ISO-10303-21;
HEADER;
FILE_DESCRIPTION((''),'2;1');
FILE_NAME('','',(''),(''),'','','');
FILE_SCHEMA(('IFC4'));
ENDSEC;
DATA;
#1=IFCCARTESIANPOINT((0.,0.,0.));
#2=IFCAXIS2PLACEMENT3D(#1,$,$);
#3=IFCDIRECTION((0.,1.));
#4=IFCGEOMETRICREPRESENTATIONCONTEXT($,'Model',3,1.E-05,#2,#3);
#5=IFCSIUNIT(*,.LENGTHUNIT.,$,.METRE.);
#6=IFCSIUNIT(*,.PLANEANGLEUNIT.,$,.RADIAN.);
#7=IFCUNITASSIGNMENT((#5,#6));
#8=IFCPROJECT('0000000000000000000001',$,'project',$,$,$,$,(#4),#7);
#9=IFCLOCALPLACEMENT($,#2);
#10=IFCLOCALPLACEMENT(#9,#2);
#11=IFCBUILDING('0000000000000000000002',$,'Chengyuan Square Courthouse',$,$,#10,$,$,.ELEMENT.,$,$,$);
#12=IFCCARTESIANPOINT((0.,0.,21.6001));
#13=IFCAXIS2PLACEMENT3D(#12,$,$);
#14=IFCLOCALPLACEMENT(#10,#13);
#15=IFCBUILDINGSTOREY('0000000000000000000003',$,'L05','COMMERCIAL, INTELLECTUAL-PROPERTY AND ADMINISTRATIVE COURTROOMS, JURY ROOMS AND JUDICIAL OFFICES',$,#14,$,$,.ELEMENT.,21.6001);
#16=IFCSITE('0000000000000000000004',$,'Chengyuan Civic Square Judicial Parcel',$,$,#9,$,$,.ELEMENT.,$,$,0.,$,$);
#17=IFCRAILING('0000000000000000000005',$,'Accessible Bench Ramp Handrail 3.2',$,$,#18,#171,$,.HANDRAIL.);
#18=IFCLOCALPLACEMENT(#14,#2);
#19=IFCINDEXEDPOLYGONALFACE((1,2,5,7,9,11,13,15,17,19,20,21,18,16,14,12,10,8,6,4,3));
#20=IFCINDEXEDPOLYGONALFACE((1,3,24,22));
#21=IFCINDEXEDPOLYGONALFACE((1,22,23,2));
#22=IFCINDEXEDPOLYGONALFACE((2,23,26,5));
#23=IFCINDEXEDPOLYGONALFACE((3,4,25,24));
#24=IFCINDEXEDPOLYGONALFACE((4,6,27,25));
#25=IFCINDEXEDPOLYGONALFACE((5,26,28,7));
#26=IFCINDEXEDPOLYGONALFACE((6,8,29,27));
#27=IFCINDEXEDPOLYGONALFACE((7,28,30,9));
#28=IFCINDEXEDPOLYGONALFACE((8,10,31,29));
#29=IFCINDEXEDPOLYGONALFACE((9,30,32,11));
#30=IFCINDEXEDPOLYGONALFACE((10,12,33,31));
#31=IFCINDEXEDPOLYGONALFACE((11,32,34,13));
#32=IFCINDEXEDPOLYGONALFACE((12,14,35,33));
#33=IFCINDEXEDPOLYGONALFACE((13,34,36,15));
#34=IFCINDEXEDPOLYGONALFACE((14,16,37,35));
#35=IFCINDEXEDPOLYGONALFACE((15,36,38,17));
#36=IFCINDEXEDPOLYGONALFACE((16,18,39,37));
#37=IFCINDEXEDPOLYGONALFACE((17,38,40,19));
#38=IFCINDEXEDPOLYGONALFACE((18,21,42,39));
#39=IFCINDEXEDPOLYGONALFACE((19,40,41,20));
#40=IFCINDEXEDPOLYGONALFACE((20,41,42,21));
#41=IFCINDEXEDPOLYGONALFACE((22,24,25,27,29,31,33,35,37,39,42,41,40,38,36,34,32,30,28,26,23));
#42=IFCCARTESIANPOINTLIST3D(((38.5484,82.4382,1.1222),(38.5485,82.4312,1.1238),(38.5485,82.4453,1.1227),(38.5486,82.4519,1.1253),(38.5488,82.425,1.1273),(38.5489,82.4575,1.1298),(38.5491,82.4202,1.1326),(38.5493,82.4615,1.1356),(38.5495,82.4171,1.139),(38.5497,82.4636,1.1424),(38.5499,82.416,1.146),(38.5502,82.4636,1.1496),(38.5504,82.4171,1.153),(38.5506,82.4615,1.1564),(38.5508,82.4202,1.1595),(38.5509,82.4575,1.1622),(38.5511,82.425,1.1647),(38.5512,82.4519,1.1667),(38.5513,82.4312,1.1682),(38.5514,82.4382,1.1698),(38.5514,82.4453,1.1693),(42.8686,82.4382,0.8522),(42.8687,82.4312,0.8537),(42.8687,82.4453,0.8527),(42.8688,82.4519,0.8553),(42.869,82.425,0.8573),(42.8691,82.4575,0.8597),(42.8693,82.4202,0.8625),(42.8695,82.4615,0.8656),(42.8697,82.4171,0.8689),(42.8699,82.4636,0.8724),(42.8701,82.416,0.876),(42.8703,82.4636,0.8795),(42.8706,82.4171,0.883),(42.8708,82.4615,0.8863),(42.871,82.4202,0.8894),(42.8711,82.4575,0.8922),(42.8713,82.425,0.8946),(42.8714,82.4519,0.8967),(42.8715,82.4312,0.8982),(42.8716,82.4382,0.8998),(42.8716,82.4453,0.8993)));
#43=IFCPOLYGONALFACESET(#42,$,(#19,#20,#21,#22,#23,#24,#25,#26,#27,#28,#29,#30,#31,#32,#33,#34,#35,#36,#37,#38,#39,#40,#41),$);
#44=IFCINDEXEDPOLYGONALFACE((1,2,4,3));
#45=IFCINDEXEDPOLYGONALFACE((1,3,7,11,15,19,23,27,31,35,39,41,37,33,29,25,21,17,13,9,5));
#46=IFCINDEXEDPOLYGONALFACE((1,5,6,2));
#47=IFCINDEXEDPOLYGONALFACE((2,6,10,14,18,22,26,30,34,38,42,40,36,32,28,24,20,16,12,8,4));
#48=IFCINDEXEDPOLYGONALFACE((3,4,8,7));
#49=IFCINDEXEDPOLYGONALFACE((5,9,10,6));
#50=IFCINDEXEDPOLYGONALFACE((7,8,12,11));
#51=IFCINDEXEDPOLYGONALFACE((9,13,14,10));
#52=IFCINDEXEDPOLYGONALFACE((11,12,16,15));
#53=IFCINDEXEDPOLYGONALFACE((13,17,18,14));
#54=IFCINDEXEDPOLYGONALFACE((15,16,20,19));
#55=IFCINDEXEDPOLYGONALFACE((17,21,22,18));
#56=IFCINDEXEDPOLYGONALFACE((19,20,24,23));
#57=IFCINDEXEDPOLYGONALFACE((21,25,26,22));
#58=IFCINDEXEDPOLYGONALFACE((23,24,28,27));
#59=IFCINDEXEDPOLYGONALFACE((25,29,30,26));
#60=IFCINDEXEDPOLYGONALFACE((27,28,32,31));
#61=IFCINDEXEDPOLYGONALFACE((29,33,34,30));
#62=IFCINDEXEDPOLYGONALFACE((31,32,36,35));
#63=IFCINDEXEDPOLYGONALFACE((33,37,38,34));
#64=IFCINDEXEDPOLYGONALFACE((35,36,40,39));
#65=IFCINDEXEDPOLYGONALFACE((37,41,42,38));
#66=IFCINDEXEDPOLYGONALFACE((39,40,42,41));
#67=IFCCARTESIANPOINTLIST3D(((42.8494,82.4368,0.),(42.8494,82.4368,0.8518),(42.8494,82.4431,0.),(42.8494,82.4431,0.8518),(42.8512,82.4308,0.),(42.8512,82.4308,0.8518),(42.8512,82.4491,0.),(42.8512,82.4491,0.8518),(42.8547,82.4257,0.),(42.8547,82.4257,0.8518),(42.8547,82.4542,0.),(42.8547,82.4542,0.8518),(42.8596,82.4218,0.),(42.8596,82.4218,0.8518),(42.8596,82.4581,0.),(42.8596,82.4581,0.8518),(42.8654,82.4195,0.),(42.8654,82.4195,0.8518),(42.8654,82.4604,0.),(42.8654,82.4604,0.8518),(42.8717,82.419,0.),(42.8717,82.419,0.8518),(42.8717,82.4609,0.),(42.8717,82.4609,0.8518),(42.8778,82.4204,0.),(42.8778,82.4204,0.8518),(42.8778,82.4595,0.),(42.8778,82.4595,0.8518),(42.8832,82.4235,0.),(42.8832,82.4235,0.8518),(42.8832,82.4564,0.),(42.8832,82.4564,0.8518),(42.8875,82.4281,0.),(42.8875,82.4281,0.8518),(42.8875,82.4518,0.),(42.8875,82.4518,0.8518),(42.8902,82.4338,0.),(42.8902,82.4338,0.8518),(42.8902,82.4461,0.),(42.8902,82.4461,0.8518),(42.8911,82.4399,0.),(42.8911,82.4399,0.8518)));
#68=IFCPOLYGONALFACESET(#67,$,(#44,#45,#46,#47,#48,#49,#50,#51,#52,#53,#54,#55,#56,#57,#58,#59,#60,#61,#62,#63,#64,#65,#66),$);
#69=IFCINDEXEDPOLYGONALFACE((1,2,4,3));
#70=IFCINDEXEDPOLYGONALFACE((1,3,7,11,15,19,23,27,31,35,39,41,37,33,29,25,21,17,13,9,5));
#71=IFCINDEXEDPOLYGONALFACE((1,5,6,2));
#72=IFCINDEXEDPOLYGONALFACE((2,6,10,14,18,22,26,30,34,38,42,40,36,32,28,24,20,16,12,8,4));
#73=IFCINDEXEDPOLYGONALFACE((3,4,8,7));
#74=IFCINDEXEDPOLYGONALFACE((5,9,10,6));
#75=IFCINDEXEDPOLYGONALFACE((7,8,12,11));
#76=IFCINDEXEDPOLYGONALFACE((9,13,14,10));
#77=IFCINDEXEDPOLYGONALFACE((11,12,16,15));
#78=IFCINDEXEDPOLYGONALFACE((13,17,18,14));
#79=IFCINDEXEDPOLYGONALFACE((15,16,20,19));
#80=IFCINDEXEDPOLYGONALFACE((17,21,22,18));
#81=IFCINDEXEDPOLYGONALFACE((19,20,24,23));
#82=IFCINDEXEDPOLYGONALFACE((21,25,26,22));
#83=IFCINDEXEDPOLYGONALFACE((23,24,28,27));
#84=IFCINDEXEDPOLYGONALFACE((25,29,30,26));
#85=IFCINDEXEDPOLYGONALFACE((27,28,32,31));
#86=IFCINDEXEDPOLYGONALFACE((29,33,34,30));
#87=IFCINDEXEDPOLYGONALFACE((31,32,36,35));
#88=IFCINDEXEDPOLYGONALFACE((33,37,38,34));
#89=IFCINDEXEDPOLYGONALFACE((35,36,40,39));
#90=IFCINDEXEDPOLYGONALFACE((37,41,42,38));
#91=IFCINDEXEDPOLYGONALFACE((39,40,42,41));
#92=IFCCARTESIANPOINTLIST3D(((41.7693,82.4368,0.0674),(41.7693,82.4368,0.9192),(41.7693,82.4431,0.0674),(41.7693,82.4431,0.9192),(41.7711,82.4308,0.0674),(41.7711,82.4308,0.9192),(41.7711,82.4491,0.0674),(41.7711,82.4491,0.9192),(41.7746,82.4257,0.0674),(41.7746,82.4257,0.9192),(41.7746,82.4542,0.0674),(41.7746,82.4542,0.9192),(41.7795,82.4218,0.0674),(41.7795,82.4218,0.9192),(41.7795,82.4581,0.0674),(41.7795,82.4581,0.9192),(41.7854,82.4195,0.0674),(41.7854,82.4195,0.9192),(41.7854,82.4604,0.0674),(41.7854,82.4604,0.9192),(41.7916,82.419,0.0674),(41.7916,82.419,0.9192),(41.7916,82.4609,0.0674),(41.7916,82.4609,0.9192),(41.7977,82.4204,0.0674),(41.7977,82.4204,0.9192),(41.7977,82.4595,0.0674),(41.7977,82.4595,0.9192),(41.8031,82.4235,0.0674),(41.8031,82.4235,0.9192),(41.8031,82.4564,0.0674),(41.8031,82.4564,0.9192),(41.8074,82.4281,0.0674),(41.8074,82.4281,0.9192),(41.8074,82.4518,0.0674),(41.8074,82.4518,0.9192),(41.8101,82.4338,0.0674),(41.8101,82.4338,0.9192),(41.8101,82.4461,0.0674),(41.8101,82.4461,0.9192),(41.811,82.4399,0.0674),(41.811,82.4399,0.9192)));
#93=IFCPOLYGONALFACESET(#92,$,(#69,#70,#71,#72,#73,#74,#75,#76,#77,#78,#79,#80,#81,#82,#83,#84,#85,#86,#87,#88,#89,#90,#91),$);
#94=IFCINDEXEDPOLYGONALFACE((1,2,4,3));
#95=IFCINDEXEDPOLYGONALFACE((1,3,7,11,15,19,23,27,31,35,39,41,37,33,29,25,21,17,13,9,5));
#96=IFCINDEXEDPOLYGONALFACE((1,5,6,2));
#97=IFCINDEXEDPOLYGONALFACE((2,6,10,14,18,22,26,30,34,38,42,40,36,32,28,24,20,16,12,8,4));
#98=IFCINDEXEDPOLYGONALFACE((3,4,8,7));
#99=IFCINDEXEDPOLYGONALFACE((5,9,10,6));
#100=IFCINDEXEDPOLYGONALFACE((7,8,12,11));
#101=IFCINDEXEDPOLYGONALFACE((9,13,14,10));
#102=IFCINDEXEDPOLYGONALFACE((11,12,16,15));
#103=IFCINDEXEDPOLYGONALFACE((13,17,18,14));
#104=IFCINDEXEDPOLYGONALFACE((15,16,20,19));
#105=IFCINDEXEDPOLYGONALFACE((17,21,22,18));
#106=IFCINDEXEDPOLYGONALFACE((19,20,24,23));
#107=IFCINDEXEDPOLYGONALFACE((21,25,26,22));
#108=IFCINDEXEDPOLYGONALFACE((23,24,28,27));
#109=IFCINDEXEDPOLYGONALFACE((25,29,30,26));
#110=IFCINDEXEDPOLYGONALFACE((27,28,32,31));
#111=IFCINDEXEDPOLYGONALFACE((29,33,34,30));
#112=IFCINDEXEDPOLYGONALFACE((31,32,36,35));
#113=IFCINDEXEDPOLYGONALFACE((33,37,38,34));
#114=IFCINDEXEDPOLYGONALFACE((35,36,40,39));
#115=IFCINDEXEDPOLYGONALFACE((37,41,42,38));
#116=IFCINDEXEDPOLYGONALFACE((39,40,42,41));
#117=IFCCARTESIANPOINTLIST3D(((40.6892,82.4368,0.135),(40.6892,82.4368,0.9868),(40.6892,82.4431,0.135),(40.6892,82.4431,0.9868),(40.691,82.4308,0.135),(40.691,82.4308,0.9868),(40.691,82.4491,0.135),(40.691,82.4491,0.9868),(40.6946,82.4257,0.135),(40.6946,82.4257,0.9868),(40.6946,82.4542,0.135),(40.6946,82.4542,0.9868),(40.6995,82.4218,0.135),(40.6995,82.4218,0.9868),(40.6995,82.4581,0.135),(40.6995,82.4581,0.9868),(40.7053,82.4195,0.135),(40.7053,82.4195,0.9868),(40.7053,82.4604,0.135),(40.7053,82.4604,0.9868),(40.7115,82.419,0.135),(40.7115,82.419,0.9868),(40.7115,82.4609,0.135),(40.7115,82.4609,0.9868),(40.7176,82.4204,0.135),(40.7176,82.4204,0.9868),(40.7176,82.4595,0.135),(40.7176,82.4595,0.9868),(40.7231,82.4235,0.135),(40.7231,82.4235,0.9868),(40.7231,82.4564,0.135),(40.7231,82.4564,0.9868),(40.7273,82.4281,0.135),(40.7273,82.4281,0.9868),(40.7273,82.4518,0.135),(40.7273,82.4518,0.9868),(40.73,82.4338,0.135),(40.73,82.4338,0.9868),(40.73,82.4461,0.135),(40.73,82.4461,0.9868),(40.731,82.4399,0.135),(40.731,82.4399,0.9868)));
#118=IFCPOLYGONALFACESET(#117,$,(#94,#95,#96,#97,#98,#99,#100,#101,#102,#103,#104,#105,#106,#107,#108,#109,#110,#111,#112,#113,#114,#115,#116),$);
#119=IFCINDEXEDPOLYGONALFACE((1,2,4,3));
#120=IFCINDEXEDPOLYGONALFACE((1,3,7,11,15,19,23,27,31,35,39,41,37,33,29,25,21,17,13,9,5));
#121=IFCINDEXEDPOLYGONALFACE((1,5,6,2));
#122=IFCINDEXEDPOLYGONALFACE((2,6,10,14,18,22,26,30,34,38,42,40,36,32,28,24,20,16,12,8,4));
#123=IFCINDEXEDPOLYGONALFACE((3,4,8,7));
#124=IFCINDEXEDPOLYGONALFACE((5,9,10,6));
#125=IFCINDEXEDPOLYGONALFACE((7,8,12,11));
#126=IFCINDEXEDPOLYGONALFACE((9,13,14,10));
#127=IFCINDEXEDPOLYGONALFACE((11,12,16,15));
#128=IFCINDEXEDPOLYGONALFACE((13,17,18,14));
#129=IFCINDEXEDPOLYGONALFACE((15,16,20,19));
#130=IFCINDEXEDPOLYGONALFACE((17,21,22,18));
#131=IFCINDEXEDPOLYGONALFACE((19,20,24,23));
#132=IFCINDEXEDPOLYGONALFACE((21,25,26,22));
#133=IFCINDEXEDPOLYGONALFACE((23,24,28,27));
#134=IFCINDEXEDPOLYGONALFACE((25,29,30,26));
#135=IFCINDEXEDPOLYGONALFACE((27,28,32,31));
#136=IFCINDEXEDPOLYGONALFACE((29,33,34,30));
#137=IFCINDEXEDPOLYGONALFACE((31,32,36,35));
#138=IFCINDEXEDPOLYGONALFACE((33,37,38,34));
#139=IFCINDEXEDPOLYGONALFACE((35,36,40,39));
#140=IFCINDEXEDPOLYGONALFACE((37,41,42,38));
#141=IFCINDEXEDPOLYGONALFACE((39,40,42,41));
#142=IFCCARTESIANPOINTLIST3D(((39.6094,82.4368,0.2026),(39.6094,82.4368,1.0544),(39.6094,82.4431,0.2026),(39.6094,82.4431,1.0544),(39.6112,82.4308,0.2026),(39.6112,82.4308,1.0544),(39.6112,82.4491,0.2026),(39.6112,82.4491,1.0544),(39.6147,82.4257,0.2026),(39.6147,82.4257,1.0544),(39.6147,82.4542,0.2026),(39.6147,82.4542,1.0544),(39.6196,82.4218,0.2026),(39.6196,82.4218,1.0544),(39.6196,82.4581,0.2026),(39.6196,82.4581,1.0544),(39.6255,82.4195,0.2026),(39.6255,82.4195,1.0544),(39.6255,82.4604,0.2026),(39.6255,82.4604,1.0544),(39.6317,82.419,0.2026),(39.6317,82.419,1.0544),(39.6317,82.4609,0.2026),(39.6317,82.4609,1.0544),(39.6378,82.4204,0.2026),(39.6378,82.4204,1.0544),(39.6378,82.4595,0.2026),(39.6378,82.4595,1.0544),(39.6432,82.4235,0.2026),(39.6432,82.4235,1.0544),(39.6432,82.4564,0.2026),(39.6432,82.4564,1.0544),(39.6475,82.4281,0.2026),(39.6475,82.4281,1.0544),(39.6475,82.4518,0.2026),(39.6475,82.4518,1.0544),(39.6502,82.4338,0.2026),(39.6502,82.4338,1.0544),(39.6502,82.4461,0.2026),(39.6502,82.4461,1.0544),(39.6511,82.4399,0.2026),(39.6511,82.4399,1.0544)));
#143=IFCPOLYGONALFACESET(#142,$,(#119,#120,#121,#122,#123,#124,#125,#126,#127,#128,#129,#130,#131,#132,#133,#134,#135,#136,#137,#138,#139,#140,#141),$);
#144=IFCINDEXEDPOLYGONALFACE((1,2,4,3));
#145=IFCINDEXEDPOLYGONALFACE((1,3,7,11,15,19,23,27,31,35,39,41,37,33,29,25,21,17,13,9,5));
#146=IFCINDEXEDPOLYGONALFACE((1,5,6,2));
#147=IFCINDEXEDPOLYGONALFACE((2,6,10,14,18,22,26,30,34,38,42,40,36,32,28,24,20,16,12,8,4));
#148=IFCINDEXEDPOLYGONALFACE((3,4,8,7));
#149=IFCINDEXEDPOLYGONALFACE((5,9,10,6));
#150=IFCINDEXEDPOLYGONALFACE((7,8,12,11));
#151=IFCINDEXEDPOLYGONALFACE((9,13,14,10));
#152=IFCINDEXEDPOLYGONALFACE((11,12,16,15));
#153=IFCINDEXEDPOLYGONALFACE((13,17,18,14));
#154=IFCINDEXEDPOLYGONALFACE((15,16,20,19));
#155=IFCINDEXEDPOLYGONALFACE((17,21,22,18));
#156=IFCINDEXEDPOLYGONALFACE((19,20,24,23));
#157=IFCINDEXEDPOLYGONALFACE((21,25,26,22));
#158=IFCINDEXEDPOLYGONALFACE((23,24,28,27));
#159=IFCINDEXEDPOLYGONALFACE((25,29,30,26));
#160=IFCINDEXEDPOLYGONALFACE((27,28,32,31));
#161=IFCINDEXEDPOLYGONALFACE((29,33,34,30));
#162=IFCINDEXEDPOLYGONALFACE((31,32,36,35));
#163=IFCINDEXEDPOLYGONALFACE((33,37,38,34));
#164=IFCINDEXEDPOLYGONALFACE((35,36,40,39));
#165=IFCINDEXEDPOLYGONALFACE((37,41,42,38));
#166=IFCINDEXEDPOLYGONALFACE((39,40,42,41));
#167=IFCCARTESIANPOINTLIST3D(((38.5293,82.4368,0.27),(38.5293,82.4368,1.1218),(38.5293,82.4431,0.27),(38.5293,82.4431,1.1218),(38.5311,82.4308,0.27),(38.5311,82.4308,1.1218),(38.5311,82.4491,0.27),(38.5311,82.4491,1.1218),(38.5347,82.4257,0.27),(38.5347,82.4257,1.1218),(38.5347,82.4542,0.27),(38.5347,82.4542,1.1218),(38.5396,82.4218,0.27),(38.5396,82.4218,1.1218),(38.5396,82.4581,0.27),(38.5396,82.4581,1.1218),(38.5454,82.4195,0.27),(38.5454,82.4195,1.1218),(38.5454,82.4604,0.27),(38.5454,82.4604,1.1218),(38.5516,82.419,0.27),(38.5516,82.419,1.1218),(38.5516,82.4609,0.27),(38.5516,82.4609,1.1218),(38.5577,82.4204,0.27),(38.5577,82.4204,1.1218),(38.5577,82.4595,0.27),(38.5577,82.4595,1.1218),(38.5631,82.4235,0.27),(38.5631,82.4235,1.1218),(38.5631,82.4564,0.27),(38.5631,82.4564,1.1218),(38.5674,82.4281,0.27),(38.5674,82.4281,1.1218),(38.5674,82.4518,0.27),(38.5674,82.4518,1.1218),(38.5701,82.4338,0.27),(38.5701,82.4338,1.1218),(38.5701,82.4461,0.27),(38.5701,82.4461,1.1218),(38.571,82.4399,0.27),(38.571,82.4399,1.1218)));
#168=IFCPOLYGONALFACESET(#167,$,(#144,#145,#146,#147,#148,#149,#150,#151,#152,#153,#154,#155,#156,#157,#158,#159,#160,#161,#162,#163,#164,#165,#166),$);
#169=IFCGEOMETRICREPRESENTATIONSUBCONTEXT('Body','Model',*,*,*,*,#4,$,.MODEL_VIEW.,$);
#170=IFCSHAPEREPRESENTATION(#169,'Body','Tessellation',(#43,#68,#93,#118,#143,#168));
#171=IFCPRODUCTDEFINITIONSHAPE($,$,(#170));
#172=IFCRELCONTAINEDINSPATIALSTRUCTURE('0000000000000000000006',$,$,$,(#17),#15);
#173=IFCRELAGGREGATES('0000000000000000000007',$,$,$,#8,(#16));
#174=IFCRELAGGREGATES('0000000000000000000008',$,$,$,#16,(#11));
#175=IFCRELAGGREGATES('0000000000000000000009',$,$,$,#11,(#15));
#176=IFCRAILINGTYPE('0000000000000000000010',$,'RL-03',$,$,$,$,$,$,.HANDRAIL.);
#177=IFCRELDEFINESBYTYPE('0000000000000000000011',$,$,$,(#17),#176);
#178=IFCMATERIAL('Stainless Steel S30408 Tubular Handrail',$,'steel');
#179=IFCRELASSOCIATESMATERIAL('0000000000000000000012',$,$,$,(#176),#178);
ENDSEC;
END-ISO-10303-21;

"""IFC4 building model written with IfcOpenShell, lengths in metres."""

from ifc_helpers import new_model, si_unit, direction, frame, origin, origin_2d, place, context, subcontext, project, spatial, circle, extrude, material, type_object, element, save


model = new_model("IFC4")

# Units and contexts
model_context = context("Model", 3, precision=1e-05, world=origin(), true_north=direction((0.0, 1.0)))
body_context = subcontext(model_context, "Body", "Model", "MODEL_VIEW")
ifc_project = project(units=[si_unit("LENGTHUNIT", "METRE"), si_unit("PLANEANGLEUNIT", "RADIAN")], contexts=[model_context])

# Site, building, storey
site_placement = place(None, origin())
site = spatial("IfcSite", under=ifc_project, at=site_placement, Name="Chengyuan Civic Square Judicial Parcel", CompositionType="ELEMENT", RefElevation=0.0)
building_placement = place(site_placement, origin())
building = spatial("IfcBuilding", under=site, at=building_placement, Name="Chengyuan Square Courthouse", CompositionType="ELEMENT")
storey_placement = place(building_placement, frame((0.0, 0.0, 21.6001)))
storey = spatial("IfcBuildingStorey", under=building, at=storey_placement, Name="L05", Description="COMMERCIAL, INTELLECTUAL-PROPERTY AND ADMINISTRATIVE COURTROOMS, JURY ROOMS AND JUDICIAL OFFICES", CompositionType="ELEMENT", Elevation=21.6001)

# Railing
ifc_material_1 = material(Name="Stainless Steel S30408 Tubular Handrail", Category="steel")
railing_type_1 = type_object("IfcRailingType", Name="RL-03", PredefinedType="HANDRAIL", material=ifc_material_1)
for number, where, name in (
    (1, (42.8701, 82.4399, 0.0), "Accessible Bench Ramp Handrail 3.2"),
):
    element("IfcRailing", number, at=place(storey_placement, frame(where)), inside=storey, type_object=railing_type_1, Name=name, PredefinedType="HANDRAIL", context=body_context, shape_type="SweptSolid", body=[
        extrude(circle(Radius=0.0239, at=origin_2d()), frame((0.0, 0.0, 0.876), z_axis=(-0.998052, 0.0, 0.062382), x_axis=(0.0, -1.0, 0.0)), (0.0, 0.0, 1.0), 4.3286),
        extrude(circle(Radius=0.021, at=origin_2d()), origin(), (0.0, 0.0, 1.0), 0.8518),
        extrude(circle(Radius=0.021, at=origin_2d()), frame((-1.0801, 0.0, 0.0674)), (0.0, 0.0, 1.0), 0.8518),
        extrude(circle(Radius=0.021, at=origin_2d()), frame((-2.1602, 0.0, 0.135)), (0.0, 0.0, 1.0), 0.8518),
        extrude(circle(Radius=0.021, at=origin_2d()), frame((-3.24, 0.0, 0.2026)), (0.0, 0.0, 1.0), 0.8518),
        extrude(circle(Radius=0.021, at=origin_2d()), frame((-4.3201, 0.0, 0.27)), (0.0, 0.0, 1.0), 0.8518),
    ])

save(model, "model.ifc")
